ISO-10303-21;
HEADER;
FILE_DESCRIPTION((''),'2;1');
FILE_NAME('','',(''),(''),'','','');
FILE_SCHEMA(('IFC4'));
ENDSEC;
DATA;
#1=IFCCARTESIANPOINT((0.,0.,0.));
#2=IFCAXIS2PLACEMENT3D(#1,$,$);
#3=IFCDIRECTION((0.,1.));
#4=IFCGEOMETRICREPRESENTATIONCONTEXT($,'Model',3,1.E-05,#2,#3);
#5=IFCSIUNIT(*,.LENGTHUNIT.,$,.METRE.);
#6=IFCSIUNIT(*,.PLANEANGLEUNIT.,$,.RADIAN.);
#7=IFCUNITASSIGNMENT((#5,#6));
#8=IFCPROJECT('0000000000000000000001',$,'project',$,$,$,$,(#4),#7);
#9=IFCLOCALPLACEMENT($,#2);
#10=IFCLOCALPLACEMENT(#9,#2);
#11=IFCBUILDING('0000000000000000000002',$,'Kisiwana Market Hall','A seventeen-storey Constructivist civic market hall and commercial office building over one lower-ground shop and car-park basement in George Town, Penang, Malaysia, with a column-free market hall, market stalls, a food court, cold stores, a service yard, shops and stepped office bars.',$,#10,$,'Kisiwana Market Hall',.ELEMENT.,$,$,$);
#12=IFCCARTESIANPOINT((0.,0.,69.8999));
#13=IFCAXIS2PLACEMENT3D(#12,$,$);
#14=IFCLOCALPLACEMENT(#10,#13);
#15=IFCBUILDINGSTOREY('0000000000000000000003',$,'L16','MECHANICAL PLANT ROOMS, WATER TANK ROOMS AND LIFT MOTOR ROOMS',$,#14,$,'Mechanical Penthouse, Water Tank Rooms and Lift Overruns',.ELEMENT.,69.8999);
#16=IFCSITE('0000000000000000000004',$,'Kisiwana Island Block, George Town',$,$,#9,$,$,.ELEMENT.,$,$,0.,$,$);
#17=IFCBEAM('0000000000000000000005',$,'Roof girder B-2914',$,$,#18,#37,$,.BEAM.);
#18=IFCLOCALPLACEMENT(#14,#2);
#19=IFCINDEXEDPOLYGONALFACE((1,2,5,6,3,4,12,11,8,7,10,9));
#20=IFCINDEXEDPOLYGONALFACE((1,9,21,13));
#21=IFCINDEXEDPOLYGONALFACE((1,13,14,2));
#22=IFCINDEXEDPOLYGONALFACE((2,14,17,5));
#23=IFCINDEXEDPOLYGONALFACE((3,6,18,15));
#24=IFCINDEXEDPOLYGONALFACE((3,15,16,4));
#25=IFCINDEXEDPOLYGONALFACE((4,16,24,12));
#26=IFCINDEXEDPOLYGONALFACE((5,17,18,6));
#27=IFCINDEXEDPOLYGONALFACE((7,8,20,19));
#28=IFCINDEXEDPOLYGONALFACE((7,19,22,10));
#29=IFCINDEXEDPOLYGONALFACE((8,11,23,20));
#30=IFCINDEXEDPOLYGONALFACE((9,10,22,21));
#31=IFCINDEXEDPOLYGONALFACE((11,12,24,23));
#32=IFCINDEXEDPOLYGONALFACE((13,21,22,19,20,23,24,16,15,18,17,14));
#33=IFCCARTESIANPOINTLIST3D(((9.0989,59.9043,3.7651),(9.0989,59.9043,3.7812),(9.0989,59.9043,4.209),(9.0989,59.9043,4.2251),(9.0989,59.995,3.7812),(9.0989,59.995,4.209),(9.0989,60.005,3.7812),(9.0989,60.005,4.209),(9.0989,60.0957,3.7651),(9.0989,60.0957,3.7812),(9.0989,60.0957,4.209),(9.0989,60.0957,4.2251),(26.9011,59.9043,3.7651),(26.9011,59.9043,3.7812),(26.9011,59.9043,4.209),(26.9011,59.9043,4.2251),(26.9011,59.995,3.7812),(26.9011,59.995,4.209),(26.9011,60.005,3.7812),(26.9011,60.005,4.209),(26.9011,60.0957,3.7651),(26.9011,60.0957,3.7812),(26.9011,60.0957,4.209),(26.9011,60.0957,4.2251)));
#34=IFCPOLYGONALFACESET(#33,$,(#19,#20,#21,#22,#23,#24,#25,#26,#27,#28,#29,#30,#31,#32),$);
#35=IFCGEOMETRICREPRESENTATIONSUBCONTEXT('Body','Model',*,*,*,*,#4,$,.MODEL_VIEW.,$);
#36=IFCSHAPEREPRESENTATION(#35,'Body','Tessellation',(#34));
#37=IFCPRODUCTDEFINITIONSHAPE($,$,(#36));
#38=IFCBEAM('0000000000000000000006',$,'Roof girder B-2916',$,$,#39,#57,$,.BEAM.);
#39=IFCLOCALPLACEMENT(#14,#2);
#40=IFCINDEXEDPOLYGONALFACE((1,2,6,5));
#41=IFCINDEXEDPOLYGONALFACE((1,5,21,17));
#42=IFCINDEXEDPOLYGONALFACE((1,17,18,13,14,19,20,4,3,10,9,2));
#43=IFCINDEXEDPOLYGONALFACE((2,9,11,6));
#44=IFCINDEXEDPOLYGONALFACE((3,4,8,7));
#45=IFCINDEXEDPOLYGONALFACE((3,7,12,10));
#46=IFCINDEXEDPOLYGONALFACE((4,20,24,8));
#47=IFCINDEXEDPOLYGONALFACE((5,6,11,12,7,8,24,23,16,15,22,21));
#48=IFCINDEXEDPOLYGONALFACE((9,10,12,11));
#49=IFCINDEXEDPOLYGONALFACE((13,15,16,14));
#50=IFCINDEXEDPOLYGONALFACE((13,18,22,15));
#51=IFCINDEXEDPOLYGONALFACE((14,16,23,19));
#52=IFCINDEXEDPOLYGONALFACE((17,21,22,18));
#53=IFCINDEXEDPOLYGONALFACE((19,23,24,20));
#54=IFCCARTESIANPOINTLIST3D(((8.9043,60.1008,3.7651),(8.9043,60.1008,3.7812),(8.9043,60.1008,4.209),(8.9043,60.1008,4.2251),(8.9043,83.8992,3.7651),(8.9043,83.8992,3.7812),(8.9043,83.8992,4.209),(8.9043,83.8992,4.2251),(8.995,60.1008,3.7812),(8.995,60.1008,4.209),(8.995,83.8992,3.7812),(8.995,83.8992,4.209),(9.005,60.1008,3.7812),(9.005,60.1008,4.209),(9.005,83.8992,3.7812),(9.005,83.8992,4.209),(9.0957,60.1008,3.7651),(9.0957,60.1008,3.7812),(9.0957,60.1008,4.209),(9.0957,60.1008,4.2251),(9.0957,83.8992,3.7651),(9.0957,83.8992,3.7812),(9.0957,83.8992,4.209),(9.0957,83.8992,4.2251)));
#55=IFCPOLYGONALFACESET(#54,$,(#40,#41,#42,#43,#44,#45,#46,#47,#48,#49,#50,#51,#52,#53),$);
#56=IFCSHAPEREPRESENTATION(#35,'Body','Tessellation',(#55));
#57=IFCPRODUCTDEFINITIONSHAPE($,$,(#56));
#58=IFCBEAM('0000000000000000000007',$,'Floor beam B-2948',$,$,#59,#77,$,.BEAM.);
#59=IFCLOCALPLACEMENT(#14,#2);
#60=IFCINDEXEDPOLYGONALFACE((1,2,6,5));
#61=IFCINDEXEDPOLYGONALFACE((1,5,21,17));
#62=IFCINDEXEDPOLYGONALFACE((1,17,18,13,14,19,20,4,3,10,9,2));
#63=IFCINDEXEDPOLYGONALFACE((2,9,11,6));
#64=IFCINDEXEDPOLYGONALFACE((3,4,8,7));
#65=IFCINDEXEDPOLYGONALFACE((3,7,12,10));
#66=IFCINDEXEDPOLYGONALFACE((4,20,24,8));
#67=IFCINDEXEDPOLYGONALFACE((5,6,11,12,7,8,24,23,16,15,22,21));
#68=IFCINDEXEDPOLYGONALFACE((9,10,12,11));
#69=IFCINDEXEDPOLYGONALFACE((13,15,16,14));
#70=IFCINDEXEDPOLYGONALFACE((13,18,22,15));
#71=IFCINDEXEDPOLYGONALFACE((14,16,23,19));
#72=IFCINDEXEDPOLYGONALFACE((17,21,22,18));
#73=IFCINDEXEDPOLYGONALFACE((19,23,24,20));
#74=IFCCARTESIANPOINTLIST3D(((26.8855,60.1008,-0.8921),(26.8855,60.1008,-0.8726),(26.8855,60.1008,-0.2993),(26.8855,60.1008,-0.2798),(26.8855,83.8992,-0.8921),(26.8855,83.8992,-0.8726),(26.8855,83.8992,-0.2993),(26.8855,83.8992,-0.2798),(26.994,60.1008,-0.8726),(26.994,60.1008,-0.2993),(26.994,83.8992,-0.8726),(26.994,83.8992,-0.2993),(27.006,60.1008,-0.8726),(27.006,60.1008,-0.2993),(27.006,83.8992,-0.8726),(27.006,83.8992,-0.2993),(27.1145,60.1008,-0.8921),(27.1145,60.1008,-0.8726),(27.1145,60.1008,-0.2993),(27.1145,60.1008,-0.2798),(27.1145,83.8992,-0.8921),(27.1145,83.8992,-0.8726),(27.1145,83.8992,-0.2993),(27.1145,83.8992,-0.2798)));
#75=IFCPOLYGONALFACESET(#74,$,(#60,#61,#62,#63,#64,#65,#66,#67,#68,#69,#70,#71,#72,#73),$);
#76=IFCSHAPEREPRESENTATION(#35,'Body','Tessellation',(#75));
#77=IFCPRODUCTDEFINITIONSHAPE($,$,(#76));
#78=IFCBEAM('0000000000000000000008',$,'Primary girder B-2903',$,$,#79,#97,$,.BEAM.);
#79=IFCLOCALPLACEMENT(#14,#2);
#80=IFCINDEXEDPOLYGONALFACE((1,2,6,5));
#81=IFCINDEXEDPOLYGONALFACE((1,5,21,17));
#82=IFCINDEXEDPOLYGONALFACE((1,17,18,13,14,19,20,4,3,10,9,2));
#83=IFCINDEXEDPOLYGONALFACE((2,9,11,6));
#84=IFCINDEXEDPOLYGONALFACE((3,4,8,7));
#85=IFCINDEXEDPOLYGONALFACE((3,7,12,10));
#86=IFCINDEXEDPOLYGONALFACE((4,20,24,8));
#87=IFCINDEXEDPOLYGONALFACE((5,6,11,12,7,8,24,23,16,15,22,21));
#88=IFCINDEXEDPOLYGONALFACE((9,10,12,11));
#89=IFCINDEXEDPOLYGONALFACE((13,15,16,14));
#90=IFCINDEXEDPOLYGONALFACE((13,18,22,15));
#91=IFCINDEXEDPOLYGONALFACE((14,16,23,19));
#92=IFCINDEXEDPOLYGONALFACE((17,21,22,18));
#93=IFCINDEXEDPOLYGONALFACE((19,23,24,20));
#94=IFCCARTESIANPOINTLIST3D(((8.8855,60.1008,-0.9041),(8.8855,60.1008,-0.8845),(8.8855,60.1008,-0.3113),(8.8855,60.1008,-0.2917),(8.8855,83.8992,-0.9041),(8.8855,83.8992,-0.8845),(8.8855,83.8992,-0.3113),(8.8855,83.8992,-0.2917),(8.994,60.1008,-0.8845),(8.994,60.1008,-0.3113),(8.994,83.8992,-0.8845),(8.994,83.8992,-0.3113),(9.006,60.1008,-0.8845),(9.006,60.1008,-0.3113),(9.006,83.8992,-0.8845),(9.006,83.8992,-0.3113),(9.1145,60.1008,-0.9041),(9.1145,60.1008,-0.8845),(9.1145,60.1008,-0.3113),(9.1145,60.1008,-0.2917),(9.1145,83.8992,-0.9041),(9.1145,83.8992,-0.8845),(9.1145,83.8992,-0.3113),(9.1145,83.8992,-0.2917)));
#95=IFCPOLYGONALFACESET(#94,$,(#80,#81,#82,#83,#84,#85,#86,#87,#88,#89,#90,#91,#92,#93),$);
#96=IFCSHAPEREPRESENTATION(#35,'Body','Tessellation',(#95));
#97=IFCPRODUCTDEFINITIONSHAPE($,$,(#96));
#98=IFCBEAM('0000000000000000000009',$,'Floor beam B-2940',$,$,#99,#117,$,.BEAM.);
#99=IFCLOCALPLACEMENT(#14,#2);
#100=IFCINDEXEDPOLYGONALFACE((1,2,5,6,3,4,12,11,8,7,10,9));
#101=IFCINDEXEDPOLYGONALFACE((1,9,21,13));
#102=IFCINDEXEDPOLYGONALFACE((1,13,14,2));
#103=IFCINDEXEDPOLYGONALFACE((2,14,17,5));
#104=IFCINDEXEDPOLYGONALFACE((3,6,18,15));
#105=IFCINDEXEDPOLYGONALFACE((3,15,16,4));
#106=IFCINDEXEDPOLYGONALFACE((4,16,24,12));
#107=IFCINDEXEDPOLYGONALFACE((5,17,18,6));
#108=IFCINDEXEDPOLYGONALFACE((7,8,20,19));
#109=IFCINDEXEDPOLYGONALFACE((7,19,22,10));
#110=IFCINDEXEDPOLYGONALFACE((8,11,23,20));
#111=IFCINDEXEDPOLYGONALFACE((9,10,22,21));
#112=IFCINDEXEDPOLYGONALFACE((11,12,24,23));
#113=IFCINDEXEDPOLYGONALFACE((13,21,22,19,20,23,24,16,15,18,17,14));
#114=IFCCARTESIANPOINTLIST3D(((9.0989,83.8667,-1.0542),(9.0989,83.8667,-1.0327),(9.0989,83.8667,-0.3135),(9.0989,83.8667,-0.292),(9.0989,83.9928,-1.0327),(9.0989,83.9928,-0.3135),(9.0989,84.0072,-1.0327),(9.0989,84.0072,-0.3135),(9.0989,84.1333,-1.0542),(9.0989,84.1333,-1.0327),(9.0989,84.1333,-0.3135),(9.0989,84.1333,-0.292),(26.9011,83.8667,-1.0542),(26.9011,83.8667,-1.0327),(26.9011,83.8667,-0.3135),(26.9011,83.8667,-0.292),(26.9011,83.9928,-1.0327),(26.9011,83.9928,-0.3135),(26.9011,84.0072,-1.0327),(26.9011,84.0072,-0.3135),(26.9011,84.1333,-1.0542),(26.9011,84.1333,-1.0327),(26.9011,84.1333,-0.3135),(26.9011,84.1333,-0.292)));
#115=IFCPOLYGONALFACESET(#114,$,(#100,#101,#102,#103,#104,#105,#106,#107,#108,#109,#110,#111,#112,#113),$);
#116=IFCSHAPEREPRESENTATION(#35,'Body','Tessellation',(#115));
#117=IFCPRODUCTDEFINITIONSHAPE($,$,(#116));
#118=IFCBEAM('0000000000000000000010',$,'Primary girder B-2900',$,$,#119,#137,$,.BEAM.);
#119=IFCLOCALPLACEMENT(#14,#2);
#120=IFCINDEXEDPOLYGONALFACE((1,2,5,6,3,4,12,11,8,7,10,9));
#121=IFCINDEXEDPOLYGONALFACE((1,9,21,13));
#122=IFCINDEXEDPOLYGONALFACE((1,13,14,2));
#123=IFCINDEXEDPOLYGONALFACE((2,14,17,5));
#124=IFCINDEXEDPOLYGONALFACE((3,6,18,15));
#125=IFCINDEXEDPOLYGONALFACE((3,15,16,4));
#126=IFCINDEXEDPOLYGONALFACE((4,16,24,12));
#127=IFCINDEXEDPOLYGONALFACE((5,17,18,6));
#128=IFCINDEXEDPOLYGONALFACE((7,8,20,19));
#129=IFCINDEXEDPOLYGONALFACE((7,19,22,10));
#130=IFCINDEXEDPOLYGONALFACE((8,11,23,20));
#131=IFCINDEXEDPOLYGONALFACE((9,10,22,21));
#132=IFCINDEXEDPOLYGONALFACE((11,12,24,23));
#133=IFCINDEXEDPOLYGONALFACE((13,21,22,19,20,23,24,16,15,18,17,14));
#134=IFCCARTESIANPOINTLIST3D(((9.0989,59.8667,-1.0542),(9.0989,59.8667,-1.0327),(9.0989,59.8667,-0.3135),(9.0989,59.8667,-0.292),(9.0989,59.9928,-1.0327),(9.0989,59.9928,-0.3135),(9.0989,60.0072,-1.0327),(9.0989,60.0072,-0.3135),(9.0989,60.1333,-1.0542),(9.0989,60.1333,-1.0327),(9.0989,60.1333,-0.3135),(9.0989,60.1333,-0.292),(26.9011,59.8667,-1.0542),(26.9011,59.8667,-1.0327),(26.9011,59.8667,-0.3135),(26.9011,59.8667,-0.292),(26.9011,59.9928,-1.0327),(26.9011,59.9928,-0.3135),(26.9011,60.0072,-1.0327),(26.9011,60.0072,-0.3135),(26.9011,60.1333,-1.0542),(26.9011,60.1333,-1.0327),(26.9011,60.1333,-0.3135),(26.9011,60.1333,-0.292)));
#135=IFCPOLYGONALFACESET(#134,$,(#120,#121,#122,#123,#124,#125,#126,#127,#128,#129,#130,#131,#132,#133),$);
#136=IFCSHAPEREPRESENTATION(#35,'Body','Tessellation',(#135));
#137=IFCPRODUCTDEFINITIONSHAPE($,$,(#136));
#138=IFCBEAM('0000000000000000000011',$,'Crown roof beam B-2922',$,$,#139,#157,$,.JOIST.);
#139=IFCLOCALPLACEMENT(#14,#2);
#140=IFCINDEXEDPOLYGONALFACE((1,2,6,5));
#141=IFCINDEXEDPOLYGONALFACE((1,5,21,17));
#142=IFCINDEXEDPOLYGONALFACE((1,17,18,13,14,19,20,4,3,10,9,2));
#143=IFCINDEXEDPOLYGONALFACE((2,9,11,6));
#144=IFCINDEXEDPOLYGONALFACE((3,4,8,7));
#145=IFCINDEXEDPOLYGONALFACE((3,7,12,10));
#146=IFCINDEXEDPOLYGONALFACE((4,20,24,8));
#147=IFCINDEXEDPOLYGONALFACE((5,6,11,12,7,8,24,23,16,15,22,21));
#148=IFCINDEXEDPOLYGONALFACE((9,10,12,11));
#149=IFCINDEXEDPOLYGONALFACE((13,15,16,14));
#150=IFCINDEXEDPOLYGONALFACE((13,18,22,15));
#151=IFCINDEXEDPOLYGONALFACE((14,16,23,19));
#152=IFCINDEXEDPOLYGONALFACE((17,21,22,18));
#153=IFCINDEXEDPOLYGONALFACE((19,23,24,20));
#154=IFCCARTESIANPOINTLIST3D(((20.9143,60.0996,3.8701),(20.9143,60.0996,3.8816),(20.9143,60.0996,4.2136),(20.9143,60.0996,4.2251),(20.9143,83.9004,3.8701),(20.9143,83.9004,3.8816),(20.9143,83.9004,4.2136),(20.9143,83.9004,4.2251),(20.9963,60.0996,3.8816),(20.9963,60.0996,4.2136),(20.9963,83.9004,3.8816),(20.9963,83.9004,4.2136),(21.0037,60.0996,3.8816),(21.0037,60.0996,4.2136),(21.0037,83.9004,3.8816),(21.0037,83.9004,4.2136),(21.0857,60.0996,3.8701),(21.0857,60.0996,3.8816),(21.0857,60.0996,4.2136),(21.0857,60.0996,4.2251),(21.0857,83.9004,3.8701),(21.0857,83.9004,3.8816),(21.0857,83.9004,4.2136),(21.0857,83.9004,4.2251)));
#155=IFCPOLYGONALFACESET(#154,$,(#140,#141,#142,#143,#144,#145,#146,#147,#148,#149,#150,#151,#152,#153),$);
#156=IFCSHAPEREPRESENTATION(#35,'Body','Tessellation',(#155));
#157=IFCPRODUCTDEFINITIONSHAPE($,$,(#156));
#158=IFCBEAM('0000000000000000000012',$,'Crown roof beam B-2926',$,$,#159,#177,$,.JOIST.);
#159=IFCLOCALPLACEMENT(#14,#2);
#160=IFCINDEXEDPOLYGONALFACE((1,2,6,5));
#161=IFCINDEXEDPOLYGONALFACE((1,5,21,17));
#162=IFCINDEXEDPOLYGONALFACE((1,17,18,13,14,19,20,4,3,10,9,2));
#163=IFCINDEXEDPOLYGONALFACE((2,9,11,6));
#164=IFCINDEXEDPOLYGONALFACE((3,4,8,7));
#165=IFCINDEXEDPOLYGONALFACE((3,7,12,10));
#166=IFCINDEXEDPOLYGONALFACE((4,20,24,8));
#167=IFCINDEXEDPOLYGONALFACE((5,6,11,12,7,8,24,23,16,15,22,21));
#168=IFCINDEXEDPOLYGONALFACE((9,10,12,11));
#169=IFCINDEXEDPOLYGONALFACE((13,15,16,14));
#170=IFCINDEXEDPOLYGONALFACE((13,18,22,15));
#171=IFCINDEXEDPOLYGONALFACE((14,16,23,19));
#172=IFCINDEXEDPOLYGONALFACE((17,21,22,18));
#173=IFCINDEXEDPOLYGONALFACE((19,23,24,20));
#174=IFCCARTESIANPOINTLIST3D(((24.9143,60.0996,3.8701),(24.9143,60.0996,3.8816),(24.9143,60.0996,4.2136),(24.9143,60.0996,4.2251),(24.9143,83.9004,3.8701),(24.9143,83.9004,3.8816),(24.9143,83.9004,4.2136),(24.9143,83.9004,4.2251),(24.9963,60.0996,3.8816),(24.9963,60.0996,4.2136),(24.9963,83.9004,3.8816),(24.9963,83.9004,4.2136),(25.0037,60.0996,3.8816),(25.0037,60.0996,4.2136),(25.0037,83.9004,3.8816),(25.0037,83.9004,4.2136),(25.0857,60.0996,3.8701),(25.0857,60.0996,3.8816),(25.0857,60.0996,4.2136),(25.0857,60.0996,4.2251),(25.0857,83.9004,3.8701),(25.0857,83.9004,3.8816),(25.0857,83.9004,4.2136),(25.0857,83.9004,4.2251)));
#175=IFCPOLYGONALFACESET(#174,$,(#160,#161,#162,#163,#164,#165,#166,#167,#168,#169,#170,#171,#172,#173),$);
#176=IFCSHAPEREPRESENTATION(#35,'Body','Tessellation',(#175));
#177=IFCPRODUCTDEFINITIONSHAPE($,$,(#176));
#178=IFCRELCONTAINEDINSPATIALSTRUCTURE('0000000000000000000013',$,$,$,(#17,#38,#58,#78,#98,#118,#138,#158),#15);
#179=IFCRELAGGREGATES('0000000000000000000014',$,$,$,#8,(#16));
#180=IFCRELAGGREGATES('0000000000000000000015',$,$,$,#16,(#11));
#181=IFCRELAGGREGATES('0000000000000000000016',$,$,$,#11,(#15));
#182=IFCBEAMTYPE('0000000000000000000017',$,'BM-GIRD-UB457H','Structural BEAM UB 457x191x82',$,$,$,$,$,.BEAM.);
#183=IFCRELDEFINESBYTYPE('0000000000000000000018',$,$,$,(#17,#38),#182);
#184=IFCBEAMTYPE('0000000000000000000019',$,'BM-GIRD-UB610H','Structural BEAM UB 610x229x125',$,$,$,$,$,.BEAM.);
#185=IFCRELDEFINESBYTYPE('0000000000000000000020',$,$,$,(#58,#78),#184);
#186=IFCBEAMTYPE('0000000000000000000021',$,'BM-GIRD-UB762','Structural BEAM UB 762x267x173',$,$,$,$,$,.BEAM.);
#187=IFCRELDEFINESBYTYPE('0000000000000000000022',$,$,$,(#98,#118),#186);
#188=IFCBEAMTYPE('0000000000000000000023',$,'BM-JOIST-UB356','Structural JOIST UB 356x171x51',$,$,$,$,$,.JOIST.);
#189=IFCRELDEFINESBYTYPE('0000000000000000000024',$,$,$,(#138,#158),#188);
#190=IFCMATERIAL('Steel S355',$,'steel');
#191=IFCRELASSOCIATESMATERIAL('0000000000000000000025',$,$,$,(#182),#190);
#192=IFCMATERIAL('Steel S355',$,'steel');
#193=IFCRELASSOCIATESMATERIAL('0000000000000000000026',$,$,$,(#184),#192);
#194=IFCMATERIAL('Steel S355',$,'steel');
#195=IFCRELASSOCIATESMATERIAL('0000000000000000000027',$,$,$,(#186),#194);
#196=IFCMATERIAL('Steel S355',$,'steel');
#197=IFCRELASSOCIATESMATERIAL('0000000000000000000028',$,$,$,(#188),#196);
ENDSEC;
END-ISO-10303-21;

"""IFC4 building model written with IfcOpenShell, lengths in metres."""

from ifc_helpers import new_model, si_unit, direction, frame, origin, origin_2d, place, context, subcontext, project, spatial, i_section, extrude, material, material_profile, profile_set, type_object, element, save


model = new_model("IFC4")

# Units and contexts
model_context = context("Model", 3, precision=1e-05, world=origin(), true_north=direction((0.0, 1.0)))
body_context = subcontext(model_context, "Body", "Model", "MODEL_VIEW")
ifc_project = project(units=[si_unit("LENGTHUNIT", "METRE"), si_unit("PLANEANGLEUNIT", "RADIAN")], contexts=[model_context])

# Site, building, storey
site_placement = place(None, origin())
site = spatial("IfcSite", under=ifc_project, at=site_placement, Name="Kisiwana Island Block, George Town", CompositionType="ELEMENT", RefElevation=0.0)
building_placement = place(site_placement, origin())
building = spatial("IfcBuilding", under=site, at=building_placement, Name="Kisiwana Market Hall", Description="A seventeen-storey Constructivist civic market hall and commercial office building over one lower-ground shop and car-park basement in George Town, Penang, Malaysia, with a column-free market hall, market stalls, a food court, cold stores, a service yard, shops and stepped office bars.", LongName="Kisiwana Market Hall", CompositionType="ELEMENT")
storey_placement = place(building_placement, frame((0.0, 0.0, 69.8999)))
storey = spatial("IfcBuildingStorey", under=building, at=storey_placement, Name="L16", Description="MECHANICAL PLANT ROOMS, WATER TANK ROOMS AND LIFT MOTOR ROOMS", LongName="Mechanical Penthouse, Water Tank Rooms and Lift Overruns", CompositionType="ELEMENT", Elevation=69.8999)

# Beams
ifc_material_1 = material(Name="Steel S355", Category="steel")
ifc_material_profile_1 = material_profile(ifc_material_1, i_section(OverallWidth=0.1914, OverallDepth=0.46, WebThickness=0.01, FlangeThickness=0.0161, at=origin_2d()), Name="UB 457x191x82")
ifc_profile_set_1 = profile_set([ifc_material_profile_1], Name="Steel S355")
beam_type_1 = type_object("IfcBeamType", Name="BM-GIRD-UB457H", Description="Structural BEAM UB 457x191x82", PredefinedType="BEAM", material=ifc_profile_set_1)
beam_1_placement = place(storey_placement, frame((9.0989, 60.0, 3.9951), z_axis=(1.0, 0.0, 0.0), x_axis=(0.0, 1.0, 0.0)))
element("IfcBeam", 1, at=beam_1_placement, inside=storey, type_object=beam_type_1, Name="Roof girder B-2914", PredefinedType="BEAM", context=body_context, shape_type="SweptSolid", body=[
    extrude(i_section(OverallWidth=0.1914, OverallDepth=0.46, WebThickness=0.01, FlangeThickness=0.0161, at=origin_2d()), origin(), (0.0, 0.0, 1.0), 17.8022),
])
beam_2_placement = place(storey_placement, frame((9.0, 60.1008, 3.9951), z_axis=(0.0, 1.0, 0.0), x_axis=(-1.0, 0.0, 0.0)))
element("IfcBeam", 2, at=beam_2_placement, inside=storey, type_object=beam_type_1, Name="Roof girder B-2916", PredefinedType="BEAM", context=body_context, shape_type="SweptSolid", body=[
    extrude(i_section(OverallWidth=0.1914, OverallDepth=0.46, WebThickness=0.01, FlangeThickness=0.0161, at=origin_2d()), origin(), (0.0, 0.0, 1.0), 23.7983),
])
ifc_material_2 = material(Name="Steel S355", Category="steel")
ifc_material_profile_2 = material_profile(ifc_material_2, i_section(OverallWidth=0.229, OverallDepth=0.6123, WebThickness=0.012, FlangeThickness=0.0195, at=origin_2d()), Name="UB 610x229x125")
ifc_profile_set_2 = profile_set([ifc_material_profile_2], Name="Steel S355")
beam_type_2 = type_object("IfcBeamType", Name="BM-GIRD-UB610H", Description="Structural BEAM UB 610x229x125", PredefinedType="BEAM", material=ifc_profile_set_2)
for number, where, z_axis, x_axis, name in (
    (3, (27.0, 60.1008, -0.5859), (0.0, 1.0, 0.0), (-1.0, 0.0, 0.0), "Floor beam B-2948"),
    (4, (9.0, 60.1008, -0.5979), (0.0, 1.0, 0.0), (-1.0, 0.0, 0.0), "Primary girder B-2903"),
):
    element("IfcBeam", number, at=place(storey_placement, frame(where, z_axis=z_axis, x_axis=x_axis)), inside=storey, type_object=beam_type_2, Name=name, PredefinedType="BEAM", context=body_context, shape_type="SweptSolid", body=[
        extrude(i_section(OverallWidth=0.229, OverallDepth=0.6123, WebThickness=0.012, FlangeThickness=0.0195, at=origin_2d()), origin(), (0.0, 0.0, 1.0), 23.7983),
    ])
ifc_material_3 = material(Name="Steel S355", Category="steel")
ifc_material_profile_3 = material_profile(ifc_material_3, i_section(OverallWidth=0.2666, OverallDepth=0.7622, WebThickness=0.0144, FlangeThickness=0.0215, at=origin_2d()), Name="UB 762x267x173")
ifc_profile_set_3 = profile_set([ifc_material_profile_3], Name="Steel S355")
beam_type_3 = type_object("IfcBeamType", Name="BM-GIRD-UB762", Description="Structural BEAM UB 762x267x173", PredefinedType="BEAM", material=ifc_profile_set_3)
for number, where, z_axis, x_axis, name in (
    (5, (9.0989, 84.0, -0.6731), (1.0, 0.0, 0.0), (0.0, 1.0, 0.0), "Floor beam B-2940"),
    (6, (9.0989, 60.0, -0.6731), (1.0, 0.0, 0.0), (0.0, 1.0, 0.0), "Primary girder B-2900"),
):
    element("IfcBeam", number, at=place(storey_placement, frame(where, z_axis=z_axis, x_axis=x_axis)), inside=storey, type_object=beam_type_3, Name=name, PredefinedType="BEAM", context=body_context, shape_type="SweptSolid", body=[
        extrude(i_section(OverallWidth=0.2666, OverallDepth=0.7622, WebThickness=0.0144, FlangeThickness=0.0215, at=origin_2d()), origin(), (0.0, 0.0, 1.0), 17.8022),
    ])
ifc_material_4 = material(Name="Steel S355", Category="steel")
ifc_material_profile_4 = material_profile(ifc_material_4, i_section(OverallWidth=0.1714, OverallDepth=0.355, WebThickness=0.0073, FlangeThickness=0.0115, at=origin_2d()), Name="UB 356x171x51")
ifc_profile_set_4 = profile_set([ifc_material_profile_4], Name="Steel S355")
beam_type_4 = type_object("IfcBeamType", Name="BM-JOIST-UB356", Description="Structural JOIST UB 356x171x51", PredefinedType="JOIST", material=ifc_profile_set_4)
for number, where, z_axis, x_axis, name in (
    (7, (21.0, 60.0996, 4.0476), (0.0, 1.0, 0.0), (-1.0, 0.0, 0.0), "Crown roof beam B-2922"),
    (8, (25.0, 60.0996, 4.0476), (0.0, 1.0, 0.0), (-1.0, 0.0, 0.0), "Crown roof beam B-2926"),
):
    element("IfcBeam", number, at=place(storey_placement, frame(where, z_axis=z_axis, x_axis=x_axis)), inside=storey, type_object=beam_type_4, Name=name, PredefinedType="JOIST", context=body_context, shape_type="SweptSolid", body=[
        extrude(i_section(OverallWidth=0.1714, OverallDepth=0.355, WebThickness=0.0073, FlangeThickness=0.0115, at=origin_2d()), origin(), (0.0, 0.0, 1.0), 23.8008),
    ])

save(model, "model.ifc")
